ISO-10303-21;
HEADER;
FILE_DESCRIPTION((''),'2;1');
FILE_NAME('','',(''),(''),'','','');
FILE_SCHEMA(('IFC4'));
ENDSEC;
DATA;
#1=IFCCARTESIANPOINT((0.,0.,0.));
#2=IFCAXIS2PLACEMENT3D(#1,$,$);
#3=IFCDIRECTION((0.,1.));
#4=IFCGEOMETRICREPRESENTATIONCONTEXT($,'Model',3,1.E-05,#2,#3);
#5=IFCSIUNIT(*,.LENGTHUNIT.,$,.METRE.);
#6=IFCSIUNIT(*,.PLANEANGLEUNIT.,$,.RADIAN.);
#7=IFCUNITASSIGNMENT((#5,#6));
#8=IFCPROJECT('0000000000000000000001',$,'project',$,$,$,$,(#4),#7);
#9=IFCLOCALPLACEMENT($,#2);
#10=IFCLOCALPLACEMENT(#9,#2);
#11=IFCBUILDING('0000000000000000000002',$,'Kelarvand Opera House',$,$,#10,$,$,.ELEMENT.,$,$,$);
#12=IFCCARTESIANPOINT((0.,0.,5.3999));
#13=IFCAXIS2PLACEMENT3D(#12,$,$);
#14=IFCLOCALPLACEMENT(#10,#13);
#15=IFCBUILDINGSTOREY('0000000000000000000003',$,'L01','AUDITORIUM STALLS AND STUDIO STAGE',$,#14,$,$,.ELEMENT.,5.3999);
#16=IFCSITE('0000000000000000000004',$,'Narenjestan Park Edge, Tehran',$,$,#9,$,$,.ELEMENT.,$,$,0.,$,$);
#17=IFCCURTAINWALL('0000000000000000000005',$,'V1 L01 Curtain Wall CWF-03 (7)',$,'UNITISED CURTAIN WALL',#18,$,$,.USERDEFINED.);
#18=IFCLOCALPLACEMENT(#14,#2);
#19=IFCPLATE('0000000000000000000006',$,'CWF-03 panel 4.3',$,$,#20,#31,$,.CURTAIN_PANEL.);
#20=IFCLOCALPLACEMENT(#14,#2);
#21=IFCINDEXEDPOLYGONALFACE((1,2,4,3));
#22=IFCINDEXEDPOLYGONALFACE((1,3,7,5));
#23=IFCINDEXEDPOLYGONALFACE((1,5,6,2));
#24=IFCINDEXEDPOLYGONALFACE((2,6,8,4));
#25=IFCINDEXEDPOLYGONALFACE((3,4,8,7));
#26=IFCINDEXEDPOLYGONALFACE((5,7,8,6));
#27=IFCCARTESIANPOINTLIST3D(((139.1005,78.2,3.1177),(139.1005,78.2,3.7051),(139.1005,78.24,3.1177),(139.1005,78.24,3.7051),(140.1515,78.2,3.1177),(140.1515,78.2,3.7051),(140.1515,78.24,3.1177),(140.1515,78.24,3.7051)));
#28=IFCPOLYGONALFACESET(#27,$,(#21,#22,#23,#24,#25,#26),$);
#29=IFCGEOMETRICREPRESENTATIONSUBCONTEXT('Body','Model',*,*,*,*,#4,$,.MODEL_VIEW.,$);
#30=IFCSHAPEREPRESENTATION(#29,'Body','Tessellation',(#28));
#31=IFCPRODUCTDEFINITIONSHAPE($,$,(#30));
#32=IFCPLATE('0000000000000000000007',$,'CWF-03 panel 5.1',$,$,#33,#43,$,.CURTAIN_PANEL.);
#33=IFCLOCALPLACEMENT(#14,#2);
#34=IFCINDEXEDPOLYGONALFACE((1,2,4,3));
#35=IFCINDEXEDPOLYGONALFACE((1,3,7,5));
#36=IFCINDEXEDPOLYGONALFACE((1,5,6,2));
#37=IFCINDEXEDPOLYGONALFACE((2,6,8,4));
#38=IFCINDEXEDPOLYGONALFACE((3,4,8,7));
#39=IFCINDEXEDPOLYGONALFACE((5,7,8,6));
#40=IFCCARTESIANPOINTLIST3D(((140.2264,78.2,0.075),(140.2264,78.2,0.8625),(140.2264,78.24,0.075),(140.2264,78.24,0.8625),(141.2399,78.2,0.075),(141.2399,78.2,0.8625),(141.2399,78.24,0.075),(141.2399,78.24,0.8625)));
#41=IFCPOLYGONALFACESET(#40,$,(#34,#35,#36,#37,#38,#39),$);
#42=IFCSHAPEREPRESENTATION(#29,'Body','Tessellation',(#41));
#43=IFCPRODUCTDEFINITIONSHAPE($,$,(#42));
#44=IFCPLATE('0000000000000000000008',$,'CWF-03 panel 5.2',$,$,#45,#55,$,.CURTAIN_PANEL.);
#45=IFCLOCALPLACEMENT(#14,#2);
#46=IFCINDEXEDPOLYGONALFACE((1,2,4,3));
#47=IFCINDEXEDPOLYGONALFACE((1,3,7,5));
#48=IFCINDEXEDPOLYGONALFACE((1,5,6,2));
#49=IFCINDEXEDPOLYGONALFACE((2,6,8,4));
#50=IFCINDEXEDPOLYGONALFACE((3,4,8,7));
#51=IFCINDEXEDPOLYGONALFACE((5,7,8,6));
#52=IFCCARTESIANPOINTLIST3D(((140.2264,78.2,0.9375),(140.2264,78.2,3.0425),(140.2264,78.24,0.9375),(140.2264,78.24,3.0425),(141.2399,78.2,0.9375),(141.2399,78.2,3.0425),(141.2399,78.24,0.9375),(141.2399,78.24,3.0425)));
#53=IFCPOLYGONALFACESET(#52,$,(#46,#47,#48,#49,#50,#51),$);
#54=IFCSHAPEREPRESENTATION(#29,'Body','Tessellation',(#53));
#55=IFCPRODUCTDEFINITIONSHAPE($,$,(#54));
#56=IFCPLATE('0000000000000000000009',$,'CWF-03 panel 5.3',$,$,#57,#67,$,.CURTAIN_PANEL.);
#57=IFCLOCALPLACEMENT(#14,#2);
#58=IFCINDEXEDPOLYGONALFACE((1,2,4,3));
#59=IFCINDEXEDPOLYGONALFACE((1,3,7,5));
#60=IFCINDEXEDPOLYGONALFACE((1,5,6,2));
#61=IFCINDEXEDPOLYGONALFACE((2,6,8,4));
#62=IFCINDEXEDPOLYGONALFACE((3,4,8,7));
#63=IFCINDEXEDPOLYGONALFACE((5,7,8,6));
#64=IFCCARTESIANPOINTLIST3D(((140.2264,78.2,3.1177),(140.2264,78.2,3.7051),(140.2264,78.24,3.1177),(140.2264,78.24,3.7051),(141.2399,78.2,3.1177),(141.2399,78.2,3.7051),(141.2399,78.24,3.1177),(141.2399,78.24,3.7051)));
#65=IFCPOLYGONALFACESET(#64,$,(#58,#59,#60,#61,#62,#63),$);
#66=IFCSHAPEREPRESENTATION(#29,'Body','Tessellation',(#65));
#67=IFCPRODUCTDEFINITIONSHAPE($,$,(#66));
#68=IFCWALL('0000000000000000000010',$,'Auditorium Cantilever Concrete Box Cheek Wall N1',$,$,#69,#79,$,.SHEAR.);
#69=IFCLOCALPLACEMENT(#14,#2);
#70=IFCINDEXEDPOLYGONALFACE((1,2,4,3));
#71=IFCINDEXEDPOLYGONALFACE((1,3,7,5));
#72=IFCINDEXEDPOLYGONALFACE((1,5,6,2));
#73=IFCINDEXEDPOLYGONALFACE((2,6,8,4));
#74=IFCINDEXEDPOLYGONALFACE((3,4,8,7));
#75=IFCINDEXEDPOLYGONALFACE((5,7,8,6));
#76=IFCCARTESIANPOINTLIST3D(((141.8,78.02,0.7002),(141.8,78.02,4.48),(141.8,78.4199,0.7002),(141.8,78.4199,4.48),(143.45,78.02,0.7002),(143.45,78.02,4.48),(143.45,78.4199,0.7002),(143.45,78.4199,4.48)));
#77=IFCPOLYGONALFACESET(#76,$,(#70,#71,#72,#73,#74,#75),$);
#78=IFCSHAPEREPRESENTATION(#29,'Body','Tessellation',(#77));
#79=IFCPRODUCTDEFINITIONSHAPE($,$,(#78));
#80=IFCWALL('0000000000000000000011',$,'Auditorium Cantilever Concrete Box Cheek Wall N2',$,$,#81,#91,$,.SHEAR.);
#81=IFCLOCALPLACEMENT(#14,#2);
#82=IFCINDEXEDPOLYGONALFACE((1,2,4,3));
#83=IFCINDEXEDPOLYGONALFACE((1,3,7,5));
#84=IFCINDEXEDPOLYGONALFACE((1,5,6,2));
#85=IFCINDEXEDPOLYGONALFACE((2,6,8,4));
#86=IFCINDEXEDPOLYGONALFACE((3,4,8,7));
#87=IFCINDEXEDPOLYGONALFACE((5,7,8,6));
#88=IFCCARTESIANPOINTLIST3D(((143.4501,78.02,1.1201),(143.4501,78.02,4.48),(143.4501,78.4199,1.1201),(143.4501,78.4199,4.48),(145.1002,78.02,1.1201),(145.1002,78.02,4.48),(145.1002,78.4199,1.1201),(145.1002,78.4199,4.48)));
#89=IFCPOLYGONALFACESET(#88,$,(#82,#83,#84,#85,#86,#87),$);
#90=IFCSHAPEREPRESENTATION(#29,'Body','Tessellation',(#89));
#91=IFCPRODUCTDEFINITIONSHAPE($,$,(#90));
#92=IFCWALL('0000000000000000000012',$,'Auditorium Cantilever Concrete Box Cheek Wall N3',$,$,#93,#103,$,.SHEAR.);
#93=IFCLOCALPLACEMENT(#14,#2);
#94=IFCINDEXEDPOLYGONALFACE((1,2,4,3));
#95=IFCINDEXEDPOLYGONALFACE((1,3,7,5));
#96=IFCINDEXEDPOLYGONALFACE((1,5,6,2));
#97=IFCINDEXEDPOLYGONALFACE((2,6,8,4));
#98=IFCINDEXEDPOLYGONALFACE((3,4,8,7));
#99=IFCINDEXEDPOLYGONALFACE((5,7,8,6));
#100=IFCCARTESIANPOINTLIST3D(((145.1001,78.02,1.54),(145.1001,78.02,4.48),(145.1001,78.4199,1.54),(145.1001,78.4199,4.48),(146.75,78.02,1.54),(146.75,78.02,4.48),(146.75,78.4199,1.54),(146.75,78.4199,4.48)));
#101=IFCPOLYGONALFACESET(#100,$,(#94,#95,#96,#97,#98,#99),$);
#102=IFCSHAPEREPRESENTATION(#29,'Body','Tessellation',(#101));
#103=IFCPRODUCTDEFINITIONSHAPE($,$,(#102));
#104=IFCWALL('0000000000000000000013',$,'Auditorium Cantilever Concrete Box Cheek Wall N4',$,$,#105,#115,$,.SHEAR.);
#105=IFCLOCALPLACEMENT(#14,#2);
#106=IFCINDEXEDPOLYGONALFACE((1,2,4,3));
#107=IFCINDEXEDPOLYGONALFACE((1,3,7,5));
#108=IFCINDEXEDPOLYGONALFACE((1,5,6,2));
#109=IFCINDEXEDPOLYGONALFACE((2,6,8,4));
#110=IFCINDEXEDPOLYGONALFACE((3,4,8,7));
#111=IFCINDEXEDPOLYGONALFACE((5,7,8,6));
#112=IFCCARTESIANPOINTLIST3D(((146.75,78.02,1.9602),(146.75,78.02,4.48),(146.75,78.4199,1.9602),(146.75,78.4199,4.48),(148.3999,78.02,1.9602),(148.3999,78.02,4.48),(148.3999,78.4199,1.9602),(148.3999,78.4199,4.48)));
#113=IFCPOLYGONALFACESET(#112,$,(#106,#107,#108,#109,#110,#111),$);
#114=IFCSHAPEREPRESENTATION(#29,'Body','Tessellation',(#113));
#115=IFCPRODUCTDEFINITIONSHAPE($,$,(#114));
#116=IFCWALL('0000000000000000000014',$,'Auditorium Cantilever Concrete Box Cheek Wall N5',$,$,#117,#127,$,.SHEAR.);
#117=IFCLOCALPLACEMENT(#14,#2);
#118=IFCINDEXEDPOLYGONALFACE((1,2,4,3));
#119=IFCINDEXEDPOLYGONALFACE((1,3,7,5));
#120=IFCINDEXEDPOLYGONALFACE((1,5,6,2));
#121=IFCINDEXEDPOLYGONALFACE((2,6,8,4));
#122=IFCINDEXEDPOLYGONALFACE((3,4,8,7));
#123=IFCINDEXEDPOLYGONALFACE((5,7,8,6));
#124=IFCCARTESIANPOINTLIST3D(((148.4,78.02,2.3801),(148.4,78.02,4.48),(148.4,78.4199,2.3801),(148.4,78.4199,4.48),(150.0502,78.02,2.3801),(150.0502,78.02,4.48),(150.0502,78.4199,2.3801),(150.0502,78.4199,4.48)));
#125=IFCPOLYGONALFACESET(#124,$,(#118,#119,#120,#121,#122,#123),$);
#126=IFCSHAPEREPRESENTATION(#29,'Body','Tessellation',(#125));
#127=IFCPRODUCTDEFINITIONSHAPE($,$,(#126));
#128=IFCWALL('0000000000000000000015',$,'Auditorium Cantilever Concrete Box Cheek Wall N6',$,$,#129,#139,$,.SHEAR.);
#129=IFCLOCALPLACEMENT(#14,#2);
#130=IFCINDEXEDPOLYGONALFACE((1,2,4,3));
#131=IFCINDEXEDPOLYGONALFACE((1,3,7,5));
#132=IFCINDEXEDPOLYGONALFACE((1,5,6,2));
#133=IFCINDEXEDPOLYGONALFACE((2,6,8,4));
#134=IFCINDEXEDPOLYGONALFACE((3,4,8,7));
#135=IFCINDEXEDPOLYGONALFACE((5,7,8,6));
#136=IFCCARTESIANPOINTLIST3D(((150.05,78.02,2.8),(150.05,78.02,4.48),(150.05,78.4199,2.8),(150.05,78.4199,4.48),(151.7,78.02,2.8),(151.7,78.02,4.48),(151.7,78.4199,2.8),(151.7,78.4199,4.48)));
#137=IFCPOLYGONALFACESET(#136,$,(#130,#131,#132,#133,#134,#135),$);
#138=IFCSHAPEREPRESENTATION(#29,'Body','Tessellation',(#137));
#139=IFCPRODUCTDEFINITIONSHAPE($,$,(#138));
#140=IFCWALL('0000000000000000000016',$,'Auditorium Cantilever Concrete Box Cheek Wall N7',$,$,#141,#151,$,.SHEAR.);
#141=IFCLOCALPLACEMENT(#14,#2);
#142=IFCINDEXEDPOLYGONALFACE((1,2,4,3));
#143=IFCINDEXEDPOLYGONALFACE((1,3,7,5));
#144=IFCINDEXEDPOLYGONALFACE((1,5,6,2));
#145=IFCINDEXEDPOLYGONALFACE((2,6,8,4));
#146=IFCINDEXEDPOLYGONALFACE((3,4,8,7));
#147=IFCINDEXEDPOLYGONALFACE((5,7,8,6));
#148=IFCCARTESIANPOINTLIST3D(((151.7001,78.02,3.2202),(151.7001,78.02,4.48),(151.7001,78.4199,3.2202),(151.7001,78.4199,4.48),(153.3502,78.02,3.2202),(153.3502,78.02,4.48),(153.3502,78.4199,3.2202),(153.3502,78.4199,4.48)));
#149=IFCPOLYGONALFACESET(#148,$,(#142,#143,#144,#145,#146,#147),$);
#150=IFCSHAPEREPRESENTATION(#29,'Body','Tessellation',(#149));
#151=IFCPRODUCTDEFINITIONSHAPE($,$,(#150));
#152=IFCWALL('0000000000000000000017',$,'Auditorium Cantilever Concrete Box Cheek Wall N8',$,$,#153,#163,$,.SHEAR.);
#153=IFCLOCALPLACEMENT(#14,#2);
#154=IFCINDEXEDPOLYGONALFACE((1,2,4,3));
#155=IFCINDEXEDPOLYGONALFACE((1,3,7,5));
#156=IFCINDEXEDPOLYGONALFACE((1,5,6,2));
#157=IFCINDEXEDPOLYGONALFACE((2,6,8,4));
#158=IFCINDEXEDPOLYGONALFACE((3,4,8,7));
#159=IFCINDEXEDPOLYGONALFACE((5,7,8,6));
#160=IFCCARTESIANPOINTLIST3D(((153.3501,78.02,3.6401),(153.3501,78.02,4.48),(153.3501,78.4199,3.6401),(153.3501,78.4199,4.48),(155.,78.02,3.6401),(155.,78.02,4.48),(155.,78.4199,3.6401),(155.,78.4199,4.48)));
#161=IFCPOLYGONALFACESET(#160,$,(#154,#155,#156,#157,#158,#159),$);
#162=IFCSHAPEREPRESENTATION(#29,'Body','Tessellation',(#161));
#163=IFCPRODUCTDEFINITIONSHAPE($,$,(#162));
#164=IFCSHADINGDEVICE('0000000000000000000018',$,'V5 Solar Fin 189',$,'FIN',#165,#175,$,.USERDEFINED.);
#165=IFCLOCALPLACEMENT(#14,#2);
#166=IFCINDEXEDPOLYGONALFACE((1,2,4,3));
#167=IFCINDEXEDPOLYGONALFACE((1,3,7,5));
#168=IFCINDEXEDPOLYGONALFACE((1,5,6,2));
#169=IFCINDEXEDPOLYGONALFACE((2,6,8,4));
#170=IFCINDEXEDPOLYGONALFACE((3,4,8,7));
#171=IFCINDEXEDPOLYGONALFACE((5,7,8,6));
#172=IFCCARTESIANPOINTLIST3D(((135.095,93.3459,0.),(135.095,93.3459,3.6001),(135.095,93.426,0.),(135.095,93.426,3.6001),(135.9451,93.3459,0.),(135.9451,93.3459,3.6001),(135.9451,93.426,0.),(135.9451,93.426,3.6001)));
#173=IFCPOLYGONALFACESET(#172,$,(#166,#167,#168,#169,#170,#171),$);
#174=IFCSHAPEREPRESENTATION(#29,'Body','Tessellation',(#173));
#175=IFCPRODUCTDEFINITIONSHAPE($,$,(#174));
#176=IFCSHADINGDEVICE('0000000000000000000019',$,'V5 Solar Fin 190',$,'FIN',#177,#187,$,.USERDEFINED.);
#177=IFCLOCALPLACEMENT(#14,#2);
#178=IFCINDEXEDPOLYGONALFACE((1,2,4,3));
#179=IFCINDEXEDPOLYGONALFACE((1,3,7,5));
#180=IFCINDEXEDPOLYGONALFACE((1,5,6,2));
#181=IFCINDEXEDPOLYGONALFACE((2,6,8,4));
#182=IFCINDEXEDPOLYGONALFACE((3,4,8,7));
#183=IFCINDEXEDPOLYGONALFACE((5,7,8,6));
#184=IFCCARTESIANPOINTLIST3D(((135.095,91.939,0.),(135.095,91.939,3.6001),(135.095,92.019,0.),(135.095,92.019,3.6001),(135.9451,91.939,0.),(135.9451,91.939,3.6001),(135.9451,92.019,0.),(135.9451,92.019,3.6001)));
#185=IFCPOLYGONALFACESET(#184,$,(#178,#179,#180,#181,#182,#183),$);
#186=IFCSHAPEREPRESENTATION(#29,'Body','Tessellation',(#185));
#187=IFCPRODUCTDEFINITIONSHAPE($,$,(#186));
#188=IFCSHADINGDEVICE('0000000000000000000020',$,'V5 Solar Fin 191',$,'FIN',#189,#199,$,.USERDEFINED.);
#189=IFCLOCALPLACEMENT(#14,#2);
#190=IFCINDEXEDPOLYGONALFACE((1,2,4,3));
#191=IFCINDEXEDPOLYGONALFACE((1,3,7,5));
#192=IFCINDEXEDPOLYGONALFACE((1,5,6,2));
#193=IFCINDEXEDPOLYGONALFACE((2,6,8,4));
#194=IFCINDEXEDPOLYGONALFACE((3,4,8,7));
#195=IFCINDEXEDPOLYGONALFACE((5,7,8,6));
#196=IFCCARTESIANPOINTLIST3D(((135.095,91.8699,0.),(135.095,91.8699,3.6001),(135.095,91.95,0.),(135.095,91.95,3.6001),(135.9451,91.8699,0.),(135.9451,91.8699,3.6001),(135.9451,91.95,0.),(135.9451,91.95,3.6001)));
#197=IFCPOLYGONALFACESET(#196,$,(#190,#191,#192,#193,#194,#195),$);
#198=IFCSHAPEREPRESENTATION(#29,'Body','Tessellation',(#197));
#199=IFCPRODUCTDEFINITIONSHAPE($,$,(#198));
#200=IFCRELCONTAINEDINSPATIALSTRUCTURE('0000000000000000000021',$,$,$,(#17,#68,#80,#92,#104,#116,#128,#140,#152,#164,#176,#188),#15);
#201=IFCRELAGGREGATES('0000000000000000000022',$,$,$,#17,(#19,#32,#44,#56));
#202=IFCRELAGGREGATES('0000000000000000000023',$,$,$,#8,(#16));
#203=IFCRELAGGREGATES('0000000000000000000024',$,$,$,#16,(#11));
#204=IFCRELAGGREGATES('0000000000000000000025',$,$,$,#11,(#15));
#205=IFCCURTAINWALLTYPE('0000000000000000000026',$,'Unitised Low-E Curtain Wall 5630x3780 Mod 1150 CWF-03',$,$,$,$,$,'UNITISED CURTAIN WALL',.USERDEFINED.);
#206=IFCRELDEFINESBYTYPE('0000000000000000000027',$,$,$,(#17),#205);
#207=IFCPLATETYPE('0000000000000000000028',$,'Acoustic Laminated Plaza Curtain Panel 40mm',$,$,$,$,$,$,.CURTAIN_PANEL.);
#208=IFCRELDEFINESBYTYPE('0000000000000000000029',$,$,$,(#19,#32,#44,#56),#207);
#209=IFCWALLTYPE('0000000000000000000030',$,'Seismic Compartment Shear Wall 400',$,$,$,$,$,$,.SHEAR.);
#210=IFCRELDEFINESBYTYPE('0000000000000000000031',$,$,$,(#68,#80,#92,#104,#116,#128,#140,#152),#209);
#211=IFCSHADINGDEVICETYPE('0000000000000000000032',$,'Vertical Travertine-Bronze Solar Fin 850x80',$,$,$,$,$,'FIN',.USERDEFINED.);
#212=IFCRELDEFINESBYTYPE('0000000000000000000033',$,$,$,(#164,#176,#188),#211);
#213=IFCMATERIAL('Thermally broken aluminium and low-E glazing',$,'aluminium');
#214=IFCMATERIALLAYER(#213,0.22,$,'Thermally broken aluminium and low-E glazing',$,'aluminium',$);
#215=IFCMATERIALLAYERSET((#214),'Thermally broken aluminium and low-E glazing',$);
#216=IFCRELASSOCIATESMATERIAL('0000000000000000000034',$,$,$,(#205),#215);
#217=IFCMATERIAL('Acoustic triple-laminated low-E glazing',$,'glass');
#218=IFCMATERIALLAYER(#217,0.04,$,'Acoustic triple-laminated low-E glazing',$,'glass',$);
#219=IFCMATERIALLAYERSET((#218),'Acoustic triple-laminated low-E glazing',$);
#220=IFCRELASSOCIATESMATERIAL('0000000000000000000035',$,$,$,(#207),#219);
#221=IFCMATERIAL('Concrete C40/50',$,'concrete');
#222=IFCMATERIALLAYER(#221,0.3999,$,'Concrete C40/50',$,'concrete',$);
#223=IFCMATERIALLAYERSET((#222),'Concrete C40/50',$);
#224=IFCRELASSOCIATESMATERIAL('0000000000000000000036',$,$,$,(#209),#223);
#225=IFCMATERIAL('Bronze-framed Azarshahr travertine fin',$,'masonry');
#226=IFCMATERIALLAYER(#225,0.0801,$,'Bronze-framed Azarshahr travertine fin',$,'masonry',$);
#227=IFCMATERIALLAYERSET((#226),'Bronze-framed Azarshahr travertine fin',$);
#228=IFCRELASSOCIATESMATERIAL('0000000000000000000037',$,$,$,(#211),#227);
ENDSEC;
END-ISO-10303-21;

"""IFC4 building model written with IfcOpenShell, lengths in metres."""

from ifc_helpers import new_model, si_unit, direction, frame, frame_2d, origin, origin_2d, place, context, subcontext, project, spatial, rectangle, extrude, material, layer, layer_set, type_object, element, aggregate, save


model = new_model("IFC4")

# Units and contexts
model_context = context("Model", 3, precision=1e-05, world=origin(), true_north=direction((0.0, 1.0)))
body_context = subcontext(model_context, "Body", "Model", "MODEL_VIEW")
ifc_project = project(units=[si_unit("LENGTHUNIT", "METRE"), si_unit("PLANEANGLEUNIT", "RADIAN")], contexts=[model_context])

# Site, building, storey
site_placement = place(None, origin())
site = spatial("IfcSite", under=ifc_project, at=site_placement, Name="Narenjestan Park Edge, Tehran", CompositionType="ELEMENT", RefElevation=0.0)
building_placement = place(site_placement, origin())
building = spatial("IfcBuilding", under=site, at=building_placement, Name="Kelarvand Opera House", CompositionType="ELEMENT")
storey_placement = place(building_placement, frame((0.0, 0.0, 5.3999)))
storey = spatial("IfcBuildingStorey", under=building, at=storey_placement, Name="L01", Description="AUDITORIUM STALLS AND STUDIO STAGE", CompositionType="ELEMENT", Elevation=5.3999)

# Shared definitions
ifc_material_1 = material(Name="Concrete C40/50", Category="concrete")

# Curtain wall
ifc_material_2 = material(Name="Thermally broken aluminium and low-E glazing", Category="aluminium")
ifc_layer_1 = layer(ifc_material_2, 0.22, Name="Thermally broken aluminium and low-E glazing", Category="aluminium")
ifc_layer_set_1 = layer_set([ifc_layer_1], Name="Thermally broken aluminium and low-E glazing")
curtain_wall_type = type_object("IfcCurtainWallType", Name="Unitised Low-E Curtain Wall 5630x3780 Mod 1150 CWF-03", ElementType="UNITISED CURTAIN WALL", PredefinedType="USERDEFINED", material=ifc_layer_set_1)
curtain_wall_placement = place(storey_placement, origin())
curtain_wall = element("IfcCurtainWall", 1, at=curtain_wall_placement, inside=storey, type_object=curtain_wall_type, Name="V1 L01 Curtain Wall CWF-03 (7)", ObjectType="UNITISED CURTAIN WALL", PredefinedType="USERDEFINED")

# Plates
ifc_material_3 = material(Name="Acoustic triple-laminated low-E glazing", Category="glass")
ifc_layer_2 = layer(ifc_material_3, 0.04, Name="Acoustic triple-laminated low-E glazing", Category="glass")
ifc_layer_set_2 = layer_set([ifc_layer_2], Name="Acoustic triple-laminated low-E glazing")
plate_type = type_object("IfcPlateType", Name="Acoustic Laminated Plaza Curtain Panel 40mm", PredefinedType="CURTAIN_PANEL", material=ifc_layer_set_2)
plate_1_placement = place(storey_placement, frame((139.626, 78.22, 3.1177), z_axis=(0.0, 0.0, 1.0), x_axis=(1.0, 0.0, 0.0)))
plate_1 = element("IfcPlate", 2, at=plate_1_placement, type_object=plate_type, Name="CWF-03 panel 4.3", PredefinedType="CURTAIN_PANEL", context=body_context, shape_type="SweptSolid", body=[
    extrude(rectangle(XDim=1.051, YDim=0.04, at=origin_2d()), origin(), (0.0, 0.0, 1.0), 0.5874),
])
plate_2_placement = place(storey_placement, frame((140.7332, 78.22, 0.075), z_axis=(0.0, 0.0, 1.0), x_axis=(1.0, 0.0, 0.0)))
plate_2 = element("IfcPlate", 3, at=plate_2_placement, type_object=plate_type, Name="CWF-03 panel 5.1", PredefinedType="CURTAIN_PANEL", context=body_context, shape_type="SweptSolid", body=[
    extrude(rectangle(XDim=1.0134, YDim=0.04, at=origin_2d()), origin(), (0.0, 0.0, 1.0), 0.7876),
])
plate_3_placement = place(storey_placement, frame((140.7332, 78.22, 0.9375), z_axis=(0.0, 0.0, 1.0), x_axis=(1.0, 0.0, 0.0)))
plate_3 = element("IfcPlate", 4, at=plate_3_placement, type_object=plate_type, Name="CWF-03 panel 5.2", PredefinedType="CURTAIN_PANEL", context=body_context, shape_type="SweptSolid", body=[
    extrude(rectangle(XDim=1.0134, YDim=0.04, at=origin_2d()), origin(), (0.0, 0.0, 1.0), 2.105),
])
plate_4_placement = place(storey_placement, frame((140.7332, 78.22, 3.1177), z_axis=(0.0, 0.0, 1.0), x_axis=(1.0, 0.0, 0.0)))
plate_4 = element("IfcPlate", 5, at=plate_4_placement, type_object=plate_type, Name="CWF-03 panel 5.3", PredefinedType="CURTAIN_PANEL", context=body_context, shape_type="SweptSolid", body=[
    extrude(rectangle(XDim=1.0134, YDim=0.04, at=origin_2d()), origin(), (0.0, 0.0, 1.0), 0.5874),
])
aggregate(curtain_wall, [plate_1, plate_2, plate_3, plate_4])

# Walls
ifc_layer_3 = layer(ifc_material_1, 0.3999, Name="Concrete C40/50", Category="concrete")
ifc_layer_set_3 = layer_set([ifc_layer_3], Name="Concrete C40/50")
wall_type = type_object("IfcWallType", Name="Seismic Compartment Shear Wall 400", PredefinedType="SHEAR", material=ifc_layer_set_3)
wall_1_placement = place(storey_placement, frame((141.8, 78.22, 0.7002), z_axis=(0.0, 0.0, 1.0), x_axis=(1.0, 0.0, 0.0)))
element("IfcWall", 6, at=wall_1_placement, inside=storey, type_object=wall_type, Name="Auditorium Cantilever Concrete Box Cheek Wall N1", PredefinedType="SHEAR", context=body_context, shape_type="SweptSolid", body=[
    extrude(rectangle(XDim=1.6499, YDim=0.3999, at=frame_2d((0.825, 0.0))), origin(), (0.0, 0.0, 1.0), 3.7798),
])
wall_2_placement = place(storey_placement, frame((143.45, 78.22, 1.1201), z_axis=(0.0, 0.0, 1.0), x_axis=(1.0, 0.0, 0.0)))
element("IfcWall", 7, at=wall_2_placement, inside=storey, type_object=wall_type, Name="Auditorium Cantilever Concrete Box Cheek Wall N2", PredefinedType="SHEAR", context=body_context, shape_type="SweptSolid", body=[
    extrude(rectangle(XDim=1.6501, YDim=0.3999, at=frame_2d((0.8252, 0.0))), origin(), (0.0, 0.0, 1.0), 3.3599),
])
wall_3_placement = place(storey_placement, frame((145.1001, 78.22, 1.54), z_axis=(0.0, 0.0, 1.0), x_axis=(1.0, 0.0, 0.0)))
element("IfcWall", 8, at=wall_3_placement, inside=storey, type_object=wall_type, Name="Auditorium Cantilever Concrete Box Cheek Wall N3", PredefinedType="SHEAR", context=body_context, shape_type="SweptSolid", body=[
    extrude(rectangle(XDim=1.6499, YDim=0.3999, at=frame_2d((0.825, 0.0))), origin(), (0.0, 0.0, 1.0), 2.9399),
])
wall_4_placement = place(storey_placement, frame((146.75, 78.22, 1.9602), z_axis=(0.0, 0.0, 1.0), x_axis=(1.0, 0.0, 0.0)))
element("IfcWall", 9, at=wall_4_placement, inside=storey, type_object=wall_type, Name="Auditorium Cantilever Concrete Box Cheek Wall N4", PredefinedType="SHEAR", context=body_context, shape_type="SweptSolid", body=[
    extrude(rectangle(XDim=1.6499, YDim=0.3999, at=frame_2d((0.825, 0.0))), origin(), (0.0, 0.0, 1.0), 2.5198),
])
wall_5_placement = place(storey_placement, frame((148.3999, 78.22, 2.3801), z_axis=(0.0, 0.0, 1.0), x_axis=(1.0, 0.0, 0.0)))
element("IfcWall", 10, at=wall_5_placement, inside=storey, type_object=wall_type, Name="Auditorium Cantilever Concrete Box Cheek Wall N5", PredefinedType="SHEAR", context=body_context, shape_type="SweptSolid", body=[
    extrude(rectangle(XDim=1.6501, YDim=0.3999, at=frame_2d((0.8252, 0.0))), origin(), (0.0, 0.0, 1.0), 2.0999),
])
wall_6_placement = place(storey_placement, frame((150.05, 78.22, 2.8), z_axis=(0.0, 0.0, 1.0), x_axis=(1.0, 0.0, 0.0)))
element("IfcWall", 11, at=wall_6_placement, inside=storey, type_object=wall_type, Name="Auditorium Cantilever Concrete Box Cheek Wall N6", PredefinedType="SHEAR", context=body_context, shape_type="SweptSolid", body=[
    extrude(rectangle(XDim=1.6499, YDim=0.3999, at=frame_2d((0.825, 0.0))), origin(), (0.0, 0.0, 1.0), 1.6799),
])
wall_7_placement = place(storey_placement, frame((151.7, 78.22, 3.2202), z_axis=(0.0, 0.0, 1.0), x_axis=(1.0, 0.0, 0.0)))
element("IfcWall", 12, at=wall_7_placement, inside=storey, type_object=wall_type, Name="Auditorium Cantilever Concrete Box Cheek Wall N7", PredefinedType="SHEAR", context=body_context, shape_type="SweptSolid", body=[
    extrude(rectangle(XDim=1.6501, YDim=0.3999, at=frame_2d((0.8252, 0.0))), origin(), (0.0, 0.0, 1.0), 1.2598),
])
wall_8_placement = place(storey_placement, frame((153.3501, 78.22, 3.6401), z_axis=(0.0, 0.0, 1.0), x_axis=(1.0, 0.0, 0.0)))
element("IfcWall", 13, at=wall_8_placement, inside=storey, type_object=wall_type, Name="Auditorium Cantilever Concrete Box Cheek Wall N8", PredefinedType="SHEAR", context=body_context, shape_type="SweptSolid", body=[
    extrude(rectangle(XDim=1.6499, YDim=0.3999, at=frame_2d((0.825, 0.0))), origin(), (0.0, 0.0, 1.0), 0.8398),
])

# Shading devices
ifc_material_4 = material(Name="Bronze-framed Azarshahr travertine fin", Category="masonry")
ifc_layer_4 = layer(ifc_material_4, 0.0801, Name="Bronze-framed Azarshahr travertine fin", Category="masonry")
ifc_layer_set_4 = layer_set([ifc_layer_4], Name="Bronze-framed Azarshahr travertine fin")
shading_device_type = type_object("IfcShadingDeviceType", Name="Vertical Travertine-Bronze Solar Fin 850x80", ElementType="FIN", PredefinedType="USERDEFINED", material=ifc_layer_set_4)
for number, where, z_axis, x_axis, name in (
    (14, (135.52, 93.386, 0.0), (0.0, 0.0, 1.0), (1.0, 0.0, 0.0), "V5 Solar Fin 189"),
    (15, (135.52, 91.979, 0.0), (0.0, 0.0, 1.0), (1.0, 0.0, 0.0), "V5 Solar Fin 190"),
    (16, (135.52, 91.9099, 0.0), (0.0, 0.0, 1.0), (1.0, 0.0, 0.0), "V5 Solar Fin 191"),
):
    element("IfcShadingDevice", number, at=place(storey_placement, frame(where, z_axis=z_axis, x_axis=x_axis)), inside=storey, type_object=shading_device_type, Name=name, ObjectType="FIN", PredefinedType="USERDEFINED", context=body_context, shape_type="SweptSolid", body=[
        extrude(rectangle(XDim=0.8501, YDim=0.0801, at=origin_2d()), origin(), (0.0, 0.0, 1.0), 3.6001),
    ])

save(model, "model.ifc")
